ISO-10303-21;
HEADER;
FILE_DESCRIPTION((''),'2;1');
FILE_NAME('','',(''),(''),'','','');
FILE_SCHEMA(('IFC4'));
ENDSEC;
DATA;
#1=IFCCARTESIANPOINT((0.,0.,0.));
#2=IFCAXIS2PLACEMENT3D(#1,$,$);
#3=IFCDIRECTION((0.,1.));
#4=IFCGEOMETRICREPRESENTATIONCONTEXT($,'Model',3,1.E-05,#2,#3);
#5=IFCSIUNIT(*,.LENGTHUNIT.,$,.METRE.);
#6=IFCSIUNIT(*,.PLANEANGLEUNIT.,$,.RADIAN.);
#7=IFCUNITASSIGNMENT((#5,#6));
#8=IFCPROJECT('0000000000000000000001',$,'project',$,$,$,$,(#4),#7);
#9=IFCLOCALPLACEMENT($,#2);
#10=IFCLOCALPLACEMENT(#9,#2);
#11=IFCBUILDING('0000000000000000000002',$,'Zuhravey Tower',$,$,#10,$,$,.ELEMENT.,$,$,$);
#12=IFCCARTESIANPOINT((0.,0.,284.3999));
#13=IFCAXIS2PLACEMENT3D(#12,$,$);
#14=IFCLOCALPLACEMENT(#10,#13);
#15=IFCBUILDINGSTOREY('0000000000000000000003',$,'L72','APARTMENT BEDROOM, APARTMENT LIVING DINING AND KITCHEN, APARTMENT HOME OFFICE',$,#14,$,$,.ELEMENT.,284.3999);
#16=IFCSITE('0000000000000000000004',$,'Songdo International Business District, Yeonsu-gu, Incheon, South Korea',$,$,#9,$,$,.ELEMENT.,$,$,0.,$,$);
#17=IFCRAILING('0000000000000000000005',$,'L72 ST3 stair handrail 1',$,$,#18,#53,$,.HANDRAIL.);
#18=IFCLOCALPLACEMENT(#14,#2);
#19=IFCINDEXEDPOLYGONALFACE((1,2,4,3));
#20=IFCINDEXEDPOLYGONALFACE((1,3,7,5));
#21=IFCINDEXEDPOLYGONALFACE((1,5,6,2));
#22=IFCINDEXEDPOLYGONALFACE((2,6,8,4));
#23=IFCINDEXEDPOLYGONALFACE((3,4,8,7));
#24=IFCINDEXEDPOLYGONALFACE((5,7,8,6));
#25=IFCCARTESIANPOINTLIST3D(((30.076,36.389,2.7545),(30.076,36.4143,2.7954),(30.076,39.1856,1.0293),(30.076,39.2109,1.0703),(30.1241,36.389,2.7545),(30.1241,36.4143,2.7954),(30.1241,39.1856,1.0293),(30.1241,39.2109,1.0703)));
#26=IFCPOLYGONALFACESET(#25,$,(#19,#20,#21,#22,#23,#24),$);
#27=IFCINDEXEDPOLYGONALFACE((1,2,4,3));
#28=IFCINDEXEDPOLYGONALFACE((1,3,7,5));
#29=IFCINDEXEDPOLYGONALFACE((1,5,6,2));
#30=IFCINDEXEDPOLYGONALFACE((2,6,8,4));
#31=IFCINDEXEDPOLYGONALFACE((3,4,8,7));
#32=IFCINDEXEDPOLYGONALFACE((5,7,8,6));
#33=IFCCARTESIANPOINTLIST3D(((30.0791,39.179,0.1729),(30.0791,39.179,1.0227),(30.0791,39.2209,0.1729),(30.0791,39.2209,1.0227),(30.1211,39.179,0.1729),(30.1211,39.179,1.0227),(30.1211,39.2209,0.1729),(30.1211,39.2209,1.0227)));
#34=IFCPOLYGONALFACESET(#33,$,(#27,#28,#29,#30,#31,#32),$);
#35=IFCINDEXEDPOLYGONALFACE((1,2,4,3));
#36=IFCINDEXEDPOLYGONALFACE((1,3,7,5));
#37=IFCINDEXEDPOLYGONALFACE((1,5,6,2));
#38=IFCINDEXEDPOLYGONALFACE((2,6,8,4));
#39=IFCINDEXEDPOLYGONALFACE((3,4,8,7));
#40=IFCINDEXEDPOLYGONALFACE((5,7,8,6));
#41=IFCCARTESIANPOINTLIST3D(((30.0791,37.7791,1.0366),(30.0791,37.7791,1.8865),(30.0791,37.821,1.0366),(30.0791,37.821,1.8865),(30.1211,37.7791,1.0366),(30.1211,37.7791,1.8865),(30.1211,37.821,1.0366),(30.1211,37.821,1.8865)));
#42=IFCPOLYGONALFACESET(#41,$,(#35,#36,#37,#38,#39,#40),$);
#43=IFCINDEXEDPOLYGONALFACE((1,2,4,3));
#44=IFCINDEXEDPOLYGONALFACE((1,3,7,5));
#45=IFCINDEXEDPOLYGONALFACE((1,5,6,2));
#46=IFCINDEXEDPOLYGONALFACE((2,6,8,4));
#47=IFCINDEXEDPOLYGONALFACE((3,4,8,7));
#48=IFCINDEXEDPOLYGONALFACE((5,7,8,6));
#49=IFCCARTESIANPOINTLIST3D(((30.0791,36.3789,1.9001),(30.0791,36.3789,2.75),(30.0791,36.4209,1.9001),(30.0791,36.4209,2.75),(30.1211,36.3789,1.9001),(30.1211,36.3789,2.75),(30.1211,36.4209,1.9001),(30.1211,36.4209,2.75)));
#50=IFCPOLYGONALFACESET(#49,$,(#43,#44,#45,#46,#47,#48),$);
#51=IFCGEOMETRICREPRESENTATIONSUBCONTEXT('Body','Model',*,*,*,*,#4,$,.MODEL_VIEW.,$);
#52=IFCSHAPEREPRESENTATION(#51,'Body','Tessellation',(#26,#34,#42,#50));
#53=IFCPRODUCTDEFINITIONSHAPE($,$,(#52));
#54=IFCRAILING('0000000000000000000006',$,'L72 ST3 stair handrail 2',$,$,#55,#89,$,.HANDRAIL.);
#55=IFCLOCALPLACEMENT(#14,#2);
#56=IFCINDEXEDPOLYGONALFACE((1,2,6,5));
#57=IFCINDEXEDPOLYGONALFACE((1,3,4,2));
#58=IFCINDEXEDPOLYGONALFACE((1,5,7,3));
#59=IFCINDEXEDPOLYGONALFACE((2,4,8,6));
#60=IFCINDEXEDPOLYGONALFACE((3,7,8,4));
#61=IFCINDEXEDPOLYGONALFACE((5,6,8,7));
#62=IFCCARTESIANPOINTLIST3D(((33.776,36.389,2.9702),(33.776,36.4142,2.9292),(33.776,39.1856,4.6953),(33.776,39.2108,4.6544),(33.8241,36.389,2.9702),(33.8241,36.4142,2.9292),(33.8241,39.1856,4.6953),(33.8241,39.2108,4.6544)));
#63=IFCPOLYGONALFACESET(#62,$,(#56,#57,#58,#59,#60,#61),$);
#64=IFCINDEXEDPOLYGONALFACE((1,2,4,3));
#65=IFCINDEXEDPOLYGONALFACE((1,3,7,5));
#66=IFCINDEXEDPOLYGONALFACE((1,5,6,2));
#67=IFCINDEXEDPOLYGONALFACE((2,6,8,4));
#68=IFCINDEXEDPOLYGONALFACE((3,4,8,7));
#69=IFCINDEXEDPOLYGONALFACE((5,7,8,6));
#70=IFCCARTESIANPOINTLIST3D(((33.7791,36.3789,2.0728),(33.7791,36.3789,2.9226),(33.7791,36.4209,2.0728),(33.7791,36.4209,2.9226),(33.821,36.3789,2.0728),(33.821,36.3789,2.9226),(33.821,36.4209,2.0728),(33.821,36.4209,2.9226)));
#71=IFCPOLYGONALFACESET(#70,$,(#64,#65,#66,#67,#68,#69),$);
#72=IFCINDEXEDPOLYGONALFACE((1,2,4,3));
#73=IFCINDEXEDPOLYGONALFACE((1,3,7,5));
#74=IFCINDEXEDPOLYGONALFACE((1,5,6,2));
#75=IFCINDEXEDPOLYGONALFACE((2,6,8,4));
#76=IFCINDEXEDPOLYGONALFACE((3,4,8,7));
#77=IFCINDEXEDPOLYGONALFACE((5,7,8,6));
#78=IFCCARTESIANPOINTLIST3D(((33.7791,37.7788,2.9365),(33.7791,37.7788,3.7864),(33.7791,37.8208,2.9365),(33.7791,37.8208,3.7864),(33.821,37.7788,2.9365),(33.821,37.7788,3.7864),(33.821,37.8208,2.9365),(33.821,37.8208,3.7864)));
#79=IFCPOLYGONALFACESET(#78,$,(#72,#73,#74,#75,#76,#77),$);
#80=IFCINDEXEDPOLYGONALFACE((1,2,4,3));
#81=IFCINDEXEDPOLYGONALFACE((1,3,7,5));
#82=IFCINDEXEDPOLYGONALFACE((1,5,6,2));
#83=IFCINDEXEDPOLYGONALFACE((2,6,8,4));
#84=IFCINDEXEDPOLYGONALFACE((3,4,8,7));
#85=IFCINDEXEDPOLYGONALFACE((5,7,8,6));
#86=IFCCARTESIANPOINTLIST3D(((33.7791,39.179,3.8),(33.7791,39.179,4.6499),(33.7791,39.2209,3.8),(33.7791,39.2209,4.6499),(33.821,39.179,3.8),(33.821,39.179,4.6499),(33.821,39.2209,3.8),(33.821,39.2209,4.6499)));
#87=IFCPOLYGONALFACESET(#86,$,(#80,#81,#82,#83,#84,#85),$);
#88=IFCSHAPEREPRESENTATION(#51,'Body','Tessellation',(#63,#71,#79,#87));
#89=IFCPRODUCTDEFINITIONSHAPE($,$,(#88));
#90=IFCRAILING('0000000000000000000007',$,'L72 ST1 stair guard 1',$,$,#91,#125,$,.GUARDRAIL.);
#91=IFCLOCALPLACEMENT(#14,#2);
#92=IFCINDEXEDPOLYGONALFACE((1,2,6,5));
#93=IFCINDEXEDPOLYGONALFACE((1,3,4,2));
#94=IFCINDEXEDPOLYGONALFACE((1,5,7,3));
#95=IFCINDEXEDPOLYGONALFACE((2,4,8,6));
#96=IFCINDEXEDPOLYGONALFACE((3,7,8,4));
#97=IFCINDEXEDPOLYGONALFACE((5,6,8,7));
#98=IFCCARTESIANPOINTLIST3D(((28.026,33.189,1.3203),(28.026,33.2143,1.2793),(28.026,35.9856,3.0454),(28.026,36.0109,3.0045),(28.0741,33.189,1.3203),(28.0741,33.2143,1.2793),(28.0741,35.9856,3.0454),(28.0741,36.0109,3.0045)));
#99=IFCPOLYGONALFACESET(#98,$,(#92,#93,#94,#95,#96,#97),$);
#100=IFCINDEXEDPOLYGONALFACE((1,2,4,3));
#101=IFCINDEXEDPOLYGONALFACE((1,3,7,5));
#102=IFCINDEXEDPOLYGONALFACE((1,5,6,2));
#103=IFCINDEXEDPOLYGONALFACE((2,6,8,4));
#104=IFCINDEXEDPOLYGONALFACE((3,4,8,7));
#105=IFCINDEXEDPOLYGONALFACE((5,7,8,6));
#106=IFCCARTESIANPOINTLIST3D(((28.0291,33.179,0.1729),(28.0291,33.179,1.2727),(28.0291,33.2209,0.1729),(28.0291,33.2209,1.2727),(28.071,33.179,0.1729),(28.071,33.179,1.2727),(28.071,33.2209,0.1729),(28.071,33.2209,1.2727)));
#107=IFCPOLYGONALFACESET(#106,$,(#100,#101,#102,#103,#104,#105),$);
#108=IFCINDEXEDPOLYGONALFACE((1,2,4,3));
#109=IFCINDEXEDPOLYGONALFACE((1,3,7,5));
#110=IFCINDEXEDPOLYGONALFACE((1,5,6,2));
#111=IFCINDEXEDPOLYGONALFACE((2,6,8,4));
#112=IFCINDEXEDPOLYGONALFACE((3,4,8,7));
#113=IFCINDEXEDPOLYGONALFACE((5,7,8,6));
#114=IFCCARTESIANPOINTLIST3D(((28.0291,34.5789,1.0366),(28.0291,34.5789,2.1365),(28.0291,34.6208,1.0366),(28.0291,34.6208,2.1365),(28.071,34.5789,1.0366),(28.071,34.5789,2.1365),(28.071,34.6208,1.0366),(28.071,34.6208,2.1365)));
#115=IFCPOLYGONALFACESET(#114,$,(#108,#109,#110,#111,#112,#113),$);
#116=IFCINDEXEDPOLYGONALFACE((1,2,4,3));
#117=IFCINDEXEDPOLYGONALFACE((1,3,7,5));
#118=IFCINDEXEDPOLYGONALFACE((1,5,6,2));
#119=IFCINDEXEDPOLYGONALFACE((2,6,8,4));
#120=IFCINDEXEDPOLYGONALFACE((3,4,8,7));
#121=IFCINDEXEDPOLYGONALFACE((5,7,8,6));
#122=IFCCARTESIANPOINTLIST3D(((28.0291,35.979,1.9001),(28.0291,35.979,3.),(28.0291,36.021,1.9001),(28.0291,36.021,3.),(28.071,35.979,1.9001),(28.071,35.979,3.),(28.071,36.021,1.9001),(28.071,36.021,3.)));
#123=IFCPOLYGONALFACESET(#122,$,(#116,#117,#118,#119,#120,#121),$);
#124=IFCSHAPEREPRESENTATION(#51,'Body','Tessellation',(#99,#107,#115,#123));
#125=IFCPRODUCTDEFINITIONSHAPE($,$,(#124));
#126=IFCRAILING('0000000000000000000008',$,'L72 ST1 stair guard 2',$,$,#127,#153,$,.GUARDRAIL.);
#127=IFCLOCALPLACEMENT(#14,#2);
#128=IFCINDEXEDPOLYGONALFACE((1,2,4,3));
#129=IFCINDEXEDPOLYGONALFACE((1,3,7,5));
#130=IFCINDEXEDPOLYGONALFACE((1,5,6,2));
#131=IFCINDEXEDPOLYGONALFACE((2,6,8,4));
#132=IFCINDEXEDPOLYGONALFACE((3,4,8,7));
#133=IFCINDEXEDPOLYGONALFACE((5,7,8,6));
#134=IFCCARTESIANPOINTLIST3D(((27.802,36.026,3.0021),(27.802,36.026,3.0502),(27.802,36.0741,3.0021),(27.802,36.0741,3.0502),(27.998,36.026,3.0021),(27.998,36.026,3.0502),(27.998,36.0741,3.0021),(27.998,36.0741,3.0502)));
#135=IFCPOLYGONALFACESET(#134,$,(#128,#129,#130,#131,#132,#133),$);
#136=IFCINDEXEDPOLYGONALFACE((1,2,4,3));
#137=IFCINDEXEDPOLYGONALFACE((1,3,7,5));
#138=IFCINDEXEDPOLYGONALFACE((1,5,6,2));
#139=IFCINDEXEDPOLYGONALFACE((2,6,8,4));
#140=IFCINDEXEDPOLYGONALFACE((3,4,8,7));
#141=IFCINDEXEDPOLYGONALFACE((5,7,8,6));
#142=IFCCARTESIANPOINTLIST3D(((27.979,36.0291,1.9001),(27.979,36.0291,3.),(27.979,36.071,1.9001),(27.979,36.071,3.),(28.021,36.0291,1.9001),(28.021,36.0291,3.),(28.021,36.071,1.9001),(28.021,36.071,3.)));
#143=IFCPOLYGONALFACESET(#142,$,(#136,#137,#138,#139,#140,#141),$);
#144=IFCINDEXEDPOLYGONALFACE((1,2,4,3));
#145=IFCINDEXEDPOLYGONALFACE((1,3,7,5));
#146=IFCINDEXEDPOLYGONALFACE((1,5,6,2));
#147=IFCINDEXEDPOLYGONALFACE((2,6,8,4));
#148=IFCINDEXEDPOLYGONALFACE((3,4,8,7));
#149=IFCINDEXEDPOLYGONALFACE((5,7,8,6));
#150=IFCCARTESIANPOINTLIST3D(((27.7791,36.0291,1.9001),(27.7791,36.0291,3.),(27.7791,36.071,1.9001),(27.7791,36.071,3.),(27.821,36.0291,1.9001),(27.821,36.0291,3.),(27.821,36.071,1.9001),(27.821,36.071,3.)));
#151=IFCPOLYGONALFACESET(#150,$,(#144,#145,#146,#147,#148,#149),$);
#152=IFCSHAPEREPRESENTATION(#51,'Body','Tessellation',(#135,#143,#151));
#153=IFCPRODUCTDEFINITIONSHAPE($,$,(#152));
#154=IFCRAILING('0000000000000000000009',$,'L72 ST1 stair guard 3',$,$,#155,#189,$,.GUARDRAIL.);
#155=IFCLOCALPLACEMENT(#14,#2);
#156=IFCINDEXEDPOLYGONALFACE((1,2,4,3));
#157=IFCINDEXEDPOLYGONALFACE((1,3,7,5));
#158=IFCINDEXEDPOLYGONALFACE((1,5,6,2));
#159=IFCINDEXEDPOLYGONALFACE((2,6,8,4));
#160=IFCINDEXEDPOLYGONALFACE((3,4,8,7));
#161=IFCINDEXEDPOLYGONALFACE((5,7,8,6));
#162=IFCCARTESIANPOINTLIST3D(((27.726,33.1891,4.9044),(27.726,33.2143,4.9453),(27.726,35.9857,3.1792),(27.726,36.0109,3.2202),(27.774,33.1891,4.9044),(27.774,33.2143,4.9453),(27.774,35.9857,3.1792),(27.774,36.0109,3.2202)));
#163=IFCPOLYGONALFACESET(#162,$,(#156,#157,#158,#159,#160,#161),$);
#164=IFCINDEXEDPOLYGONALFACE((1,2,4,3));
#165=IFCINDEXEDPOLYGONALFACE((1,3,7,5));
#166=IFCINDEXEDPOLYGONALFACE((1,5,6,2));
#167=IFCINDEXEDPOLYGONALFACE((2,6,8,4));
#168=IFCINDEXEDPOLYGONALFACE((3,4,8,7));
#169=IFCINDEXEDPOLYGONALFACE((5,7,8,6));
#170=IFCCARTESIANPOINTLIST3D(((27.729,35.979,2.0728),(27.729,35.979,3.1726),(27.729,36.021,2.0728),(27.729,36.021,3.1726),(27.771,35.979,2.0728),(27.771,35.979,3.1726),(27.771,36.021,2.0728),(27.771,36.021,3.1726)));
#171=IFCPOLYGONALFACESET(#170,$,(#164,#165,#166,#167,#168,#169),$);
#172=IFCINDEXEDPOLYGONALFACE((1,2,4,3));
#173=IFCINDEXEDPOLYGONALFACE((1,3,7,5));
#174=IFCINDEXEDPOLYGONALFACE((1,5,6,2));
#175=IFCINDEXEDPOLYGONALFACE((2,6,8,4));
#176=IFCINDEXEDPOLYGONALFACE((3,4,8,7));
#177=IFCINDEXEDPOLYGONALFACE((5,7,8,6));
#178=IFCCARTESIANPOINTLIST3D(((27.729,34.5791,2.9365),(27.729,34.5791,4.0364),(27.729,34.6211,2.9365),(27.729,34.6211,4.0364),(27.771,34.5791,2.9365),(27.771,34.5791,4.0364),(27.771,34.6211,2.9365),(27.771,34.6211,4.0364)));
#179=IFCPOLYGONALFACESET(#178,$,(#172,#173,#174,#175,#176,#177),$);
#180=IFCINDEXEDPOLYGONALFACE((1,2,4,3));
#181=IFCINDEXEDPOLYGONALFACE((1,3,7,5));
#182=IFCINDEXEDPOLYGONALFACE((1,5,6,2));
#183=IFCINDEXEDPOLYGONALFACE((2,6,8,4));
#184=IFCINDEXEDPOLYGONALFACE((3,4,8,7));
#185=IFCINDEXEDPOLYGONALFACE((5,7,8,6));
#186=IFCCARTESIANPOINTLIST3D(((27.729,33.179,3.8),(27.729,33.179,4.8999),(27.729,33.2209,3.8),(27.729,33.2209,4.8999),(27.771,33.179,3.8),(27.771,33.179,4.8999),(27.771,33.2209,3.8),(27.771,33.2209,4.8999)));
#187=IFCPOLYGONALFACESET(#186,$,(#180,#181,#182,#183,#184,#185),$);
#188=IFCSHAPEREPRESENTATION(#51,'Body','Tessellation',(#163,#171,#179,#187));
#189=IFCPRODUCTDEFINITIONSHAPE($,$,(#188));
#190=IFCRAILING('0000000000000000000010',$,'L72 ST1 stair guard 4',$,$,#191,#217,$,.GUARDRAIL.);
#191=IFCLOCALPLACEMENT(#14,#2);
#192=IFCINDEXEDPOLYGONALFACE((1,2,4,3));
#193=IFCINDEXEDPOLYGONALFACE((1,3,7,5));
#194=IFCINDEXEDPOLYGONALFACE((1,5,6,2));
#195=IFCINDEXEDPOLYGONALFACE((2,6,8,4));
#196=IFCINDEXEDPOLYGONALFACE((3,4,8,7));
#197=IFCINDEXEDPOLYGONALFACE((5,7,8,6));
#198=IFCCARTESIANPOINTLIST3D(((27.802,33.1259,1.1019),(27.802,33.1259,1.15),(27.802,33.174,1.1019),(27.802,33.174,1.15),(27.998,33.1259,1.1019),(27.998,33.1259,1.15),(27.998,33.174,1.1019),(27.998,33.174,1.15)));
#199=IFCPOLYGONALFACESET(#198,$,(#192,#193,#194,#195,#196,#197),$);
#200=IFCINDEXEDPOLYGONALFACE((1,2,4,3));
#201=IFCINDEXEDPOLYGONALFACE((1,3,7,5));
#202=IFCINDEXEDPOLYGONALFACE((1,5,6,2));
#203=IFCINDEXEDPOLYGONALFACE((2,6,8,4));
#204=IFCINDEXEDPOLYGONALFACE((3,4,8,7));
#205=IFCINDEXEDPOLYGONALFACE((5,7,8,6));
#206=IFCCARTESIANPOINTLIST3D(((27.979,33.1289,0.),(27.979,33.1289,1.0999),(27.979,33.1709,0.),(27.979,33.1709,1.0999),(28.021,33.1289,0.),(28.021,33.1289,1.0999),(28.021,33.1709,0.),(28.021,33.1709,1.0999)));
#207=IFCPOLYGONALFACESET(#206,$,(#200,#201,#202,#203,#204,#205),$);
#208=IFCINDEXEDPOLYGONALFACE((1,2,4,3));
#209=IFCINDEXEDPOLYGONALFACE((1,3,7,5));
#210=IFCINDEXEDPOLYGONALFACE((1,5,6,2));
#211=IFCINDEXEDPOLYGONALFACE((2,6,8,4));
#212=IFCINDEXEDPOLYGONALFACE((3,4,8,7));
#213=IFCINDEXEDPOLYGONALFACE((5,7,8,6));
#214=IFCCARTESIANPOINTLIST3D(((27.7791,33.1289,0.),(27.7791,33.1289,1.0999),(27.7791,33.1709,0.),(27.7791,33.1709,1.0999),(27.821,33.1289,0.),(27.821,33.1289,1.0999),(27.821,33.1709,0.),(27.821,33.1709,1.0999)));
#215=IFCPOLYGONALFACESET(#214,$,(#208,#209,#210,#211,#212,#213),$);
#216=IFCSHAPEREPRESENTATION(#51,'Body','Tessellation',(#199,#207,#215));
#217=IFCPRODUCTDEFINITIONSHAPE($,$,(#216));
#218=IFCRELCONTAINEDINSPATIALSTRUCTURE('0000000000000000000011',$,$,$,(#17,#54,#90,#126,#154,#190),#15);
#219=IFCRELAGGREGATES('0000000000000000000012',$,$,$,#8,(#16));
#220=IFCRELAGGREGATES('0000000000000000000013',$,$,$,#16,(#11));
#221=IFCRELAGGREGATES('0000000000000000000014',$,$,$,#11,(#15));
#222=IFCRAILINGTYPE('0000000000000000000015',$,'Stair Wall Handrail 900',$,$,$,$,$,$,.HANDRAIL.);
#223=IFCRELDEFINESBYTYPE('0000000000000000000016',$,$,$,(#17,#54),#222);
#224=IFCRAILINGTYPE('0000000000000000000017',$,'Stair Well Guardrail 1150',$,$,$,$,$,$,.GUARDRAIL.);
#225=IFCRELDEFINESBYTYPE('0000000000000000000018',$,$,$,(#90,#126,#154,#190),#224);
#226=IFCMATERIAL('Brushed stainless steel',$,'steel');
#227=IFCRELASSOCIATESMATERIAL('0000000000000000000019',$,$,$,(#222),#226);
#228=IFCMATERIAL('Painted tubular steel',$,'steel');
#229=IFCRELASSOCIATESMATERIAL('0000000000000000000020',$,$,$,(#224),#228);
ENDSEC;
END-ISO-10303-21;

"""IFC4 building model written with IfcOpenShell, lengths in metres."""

from ifc_helpers import new_model, si_unit, direction, frame, origin, origin_2d, place, context, subcontext, project, spatial, rectangle, extrude, material, type_object, element, save


model = new_model("IFC4")

# Units and contexts
model_context = context("Model", 3, precision=1e-05, world=origin(), true_north=direction((0.0, 1.0)))
body_context = subcontext(model_context, "Body", "Model", "MODEL_VIEW")
ifc_project = project(units=[si_unit("LENGTHUNIT", "METRE"), si_unit("PLANEANGLEUNIT", "RADIAN")], contexts=[model_context])

# Site, building, storey
site_placement = place(None, origin())
site = spatial("IfcSite", under=ifc_project, at=site_placement, Name="Songdo International Business District, Yeonsu-gu, Incheon, South Korea", CompositionType="ELEMENT", RefElevation=0.0)
building_placement = place(site_placement, origin())
building = spatial("IfcBuilding", under=site, at=building_placement, Name="Zuhravey Tower", CompositionType="ELEMENT")
storey_placement = place(building_placement, frame((0.0, 0.0, 284.3999)))
storey = spatial("IfcBuildingStorey", under=building, at=storey_placement, Name="L72", Description="APARTMENT BEDROOM, APARTMENT LIVING DINING AND KITCHEN, APARTMENT HOME OFFICE", CompositionType="ELEMENT", Elevation=284.3999)

# Railings
ifc_material_1 = material(Name="Brushed stainless steel", Category="steel")
railing_type_1 = type_object("IfcRailingType", Name="Stair Wall Handrail 900", PredefinedType="HANDRAIL", material=ifc_material_1)
for number, where, name in (
    (1, (30.1001, 39.2, 0.1729), "L72 ST3 stair handrail 1"),
):
    element("IfcRailing", number, at=place(storey_placement, frame(where)), inside=storey, type_object=railing_type_1, Name=name, PredefinedType="HANDRAIL", context=body_context, shape_type="SweptSolid", body=[
        extrude(rectangle(XDim=0.0481, YDim=0.0481, at=origin_2d()), frame((0.0, -0.0017, 0.877), z_axis=(0.0, -0.85109, 0.52502), x_axis=(1.0, 0.0, 0.0)), (0.0, 0.0, 1.0), 3.2859),
        extrude(rectangle(XDim=0.042, YDim=0.042, at=origin_2d()), origin(), (0.0, 0.0, 1.0), 0.8499),
        extrude(rectangle(XDim=0.042, YDim=0.042, at=origin_2d()), frame((0.0, -1.3999, 0.8638)), (0.0, 0.0, 1.0), 0.8499),
        extrude(rectangle(XDim=0.042, YDim=0.042, at=origin_2d()), frame((0.0, -2.8, 1.7273)), (0.0, 0.0, 1.0), 0.8499),
    ])
railing_1_placement = place(storey_placement, frame((33.8, 36.3999, 2.0728)))
element("IfcRailing", 2, at=railing_1_placement, inside=storey, type_object=railing_type_1, Name="L72 ST3 stair handrail 2", PredefinedType="HANDRAIL", context=body_context, shape_type="SweptSolid", body=[
    extrude(rectangle(XDim=0.0481, YDim=0.0481, at=origin_2d()), frame((0.0, 0.0017, 0.877), z_axis=(0.0, 0.85109, 0.52502), x_axis=(-1.0, 0.0, 0.0)), (0.0, 0.0, 1.0), 3.2859),
    extrude(rectangle(XDim=0.042, YDim=0.042, at=origin_2d()), origin(), (0.0, 0.0, 1.0), 0.8499),
    extrude(rectangle(XDim=0.042, YDim=0.042, at=origin_2d()), frame((0.0, 1.3999, 0.8638)), (0.0, 0.0, 1.0), 0.8499),
    extrude(rectangle(XDim=0.042, YDim=0.042, at=origin_2d()), frame((0.0, 2.8, 1.7273)), (0.0, 0.0, 1.0), 0.8499),
])
ifc_material_2 = material(Name="Painted tubular steel", Category="steel")
railing_type_2 = type_object("IfcRailingType", Name="Stair Well Guardrail 1150", PredefinedType="GUARDRAIL", material=ifc_material_2)
railing_2_placement = place(storey_placement, frame((28.05, 33.2, 0.1729)))
element("IfcRailing", 3, at=railing_2_placement, inside=storey, type_object=railing_type_2, Name="L72 ST1 stair guard 1", PredefinedType="GUARDRAIL", context=body_context, shape_type="SweptSolid", body=[
    extrude(rectangle(XDim=0.0481, YDim=0.0481, at=origin_2d()), frame((0.0, 0.0017, 1.127), z_axis=(0.0, 0.85109, 0.52502), x_axis=(-1.0, 0.0, 0.0)), (0.0, 0.0, 1.0), 3.2859),
    extrude(rectangle(XDim=0.042, YDim=0.042, at=origin_2d()), origin(), (0.0, 0.0, 1.0), 1.0999),
    extrude(rectangle(XDim=0.042, YDim=0.042, at=origin_2d()), frame((0.0, 1.3999, 0.8638)), (0.0, 0.0, 1.0), 1.0999),
    extrude(rectangle(XDim=0.042, YDim=0.042, at=origin_2d()), frame((0.0, 2.8, 1.7273)), (0.0, 0.0, 1.0), 1.0999),
])
railing_3_placement = place(storey_placement, frame((28.0, 36.05, 1.9001)))
element("IfcRailing", 4, at=railing_3_placement, inside=storey, type_object=railing_type_2, Name="L72 ST1 stair guard 2", PredefinedType="GUARDRAIL", context=body_context, shape_type="SweptSolid", body=[
    extrude(rectangle(XDim=0.0481, YDim=0.0481, at=origin_2d()), frame((-0.002, 0.0, 1.126), z_axis=(-1.0, 0.0, 0.0), x_axis=(0.0, -1.0, 0.0)), (0.0, 0.0, 1.0), 0.196),
    extrude(rectangle(XDim=0.042, YDim=0.042, at=origin_2d()), origin(), (0.0, 0.0, 1.0), 1.0999),
    extrude(rectangle(XDim=0.042, YDim=0.042, at=origin_2d()), frame((-0.2, 0.0, 0.0)), (0.0, 0.0, 1.0), 1.0999),
])
railing_4_placement = place(storey_placement, frame((27.75, 36.0, 2.0728)))
element("IfcRailing", 5, at=railing_4_placement, inside=storey, type_object=railing_type_2, Name="L72 ST1 stair guard 3", PredefinedType="GUARDRAIL", context=body_context, shape_type="SweptSolid", body=[
    extrude(rectangle(XDim=0.0481, YDim=0.0481, at=origin_2d()), frame((0.0, -0.0017, 1.127), z_axis=(0.0, -0.85109, 0.52502), x_axis=(1.0, 0.0, 0.0)), (0.0, 0.0, 1.0), 3.2859),
    extrude(rectangle(XDim=0.042, YDim=0.042, at=origin_2d()), origin(), (0.0, 0.0, 1.0), 1.0999),
    extrude(rectangle(XDim=0.042, YDim=0.042, at=origin_2d()), frame((0.0, -1.3999, 0.8638)), (0.0, 0.0, 1.0), 1.0999),
    extrude(rectangle(XDim=0.042, YDim=0.042, at=origin_2d()), frame((0.0, -2.8, 1.7273)), (0.0, 0.0, 1.0), 1.0999),
])
railing_5_placement = place(storey_placement, frame((28.0, 33.1499, 0.0)))
element("IfcRailing", 6, at=railing_5_placement, inside=storey, type_object=railing_type_2, Name="L72 ST1 stair guard 4", PredefinedType="GUARDRAIL", context=body_context, shape_type="SweptSolid", body=[
    extrude(rectangle(XDim=0.0481, YDim=0.0481, at=origin_2d()), frame((-0.002, 0.0, 1.126), z_axis=(-1.0, 0.0, 0.0), x_axis=(0.0, -1.0, 0.0)), (0.0, 0.0, 1.0), 0.196),
    extrude(rectangle(XDim=0.042, YDim=0.042, at=origin_2d()), origin(), (0.0, 0.0, 1.0), 1.0999),
    extrude(rectangle(XDim=0.042, YDim=0.042, at=origin_2d()), frame((-0.2, 0.0, 0.0)), (0.0, 0.0, 1.0), 1.0999),
])

save(model, "model.ifc")
